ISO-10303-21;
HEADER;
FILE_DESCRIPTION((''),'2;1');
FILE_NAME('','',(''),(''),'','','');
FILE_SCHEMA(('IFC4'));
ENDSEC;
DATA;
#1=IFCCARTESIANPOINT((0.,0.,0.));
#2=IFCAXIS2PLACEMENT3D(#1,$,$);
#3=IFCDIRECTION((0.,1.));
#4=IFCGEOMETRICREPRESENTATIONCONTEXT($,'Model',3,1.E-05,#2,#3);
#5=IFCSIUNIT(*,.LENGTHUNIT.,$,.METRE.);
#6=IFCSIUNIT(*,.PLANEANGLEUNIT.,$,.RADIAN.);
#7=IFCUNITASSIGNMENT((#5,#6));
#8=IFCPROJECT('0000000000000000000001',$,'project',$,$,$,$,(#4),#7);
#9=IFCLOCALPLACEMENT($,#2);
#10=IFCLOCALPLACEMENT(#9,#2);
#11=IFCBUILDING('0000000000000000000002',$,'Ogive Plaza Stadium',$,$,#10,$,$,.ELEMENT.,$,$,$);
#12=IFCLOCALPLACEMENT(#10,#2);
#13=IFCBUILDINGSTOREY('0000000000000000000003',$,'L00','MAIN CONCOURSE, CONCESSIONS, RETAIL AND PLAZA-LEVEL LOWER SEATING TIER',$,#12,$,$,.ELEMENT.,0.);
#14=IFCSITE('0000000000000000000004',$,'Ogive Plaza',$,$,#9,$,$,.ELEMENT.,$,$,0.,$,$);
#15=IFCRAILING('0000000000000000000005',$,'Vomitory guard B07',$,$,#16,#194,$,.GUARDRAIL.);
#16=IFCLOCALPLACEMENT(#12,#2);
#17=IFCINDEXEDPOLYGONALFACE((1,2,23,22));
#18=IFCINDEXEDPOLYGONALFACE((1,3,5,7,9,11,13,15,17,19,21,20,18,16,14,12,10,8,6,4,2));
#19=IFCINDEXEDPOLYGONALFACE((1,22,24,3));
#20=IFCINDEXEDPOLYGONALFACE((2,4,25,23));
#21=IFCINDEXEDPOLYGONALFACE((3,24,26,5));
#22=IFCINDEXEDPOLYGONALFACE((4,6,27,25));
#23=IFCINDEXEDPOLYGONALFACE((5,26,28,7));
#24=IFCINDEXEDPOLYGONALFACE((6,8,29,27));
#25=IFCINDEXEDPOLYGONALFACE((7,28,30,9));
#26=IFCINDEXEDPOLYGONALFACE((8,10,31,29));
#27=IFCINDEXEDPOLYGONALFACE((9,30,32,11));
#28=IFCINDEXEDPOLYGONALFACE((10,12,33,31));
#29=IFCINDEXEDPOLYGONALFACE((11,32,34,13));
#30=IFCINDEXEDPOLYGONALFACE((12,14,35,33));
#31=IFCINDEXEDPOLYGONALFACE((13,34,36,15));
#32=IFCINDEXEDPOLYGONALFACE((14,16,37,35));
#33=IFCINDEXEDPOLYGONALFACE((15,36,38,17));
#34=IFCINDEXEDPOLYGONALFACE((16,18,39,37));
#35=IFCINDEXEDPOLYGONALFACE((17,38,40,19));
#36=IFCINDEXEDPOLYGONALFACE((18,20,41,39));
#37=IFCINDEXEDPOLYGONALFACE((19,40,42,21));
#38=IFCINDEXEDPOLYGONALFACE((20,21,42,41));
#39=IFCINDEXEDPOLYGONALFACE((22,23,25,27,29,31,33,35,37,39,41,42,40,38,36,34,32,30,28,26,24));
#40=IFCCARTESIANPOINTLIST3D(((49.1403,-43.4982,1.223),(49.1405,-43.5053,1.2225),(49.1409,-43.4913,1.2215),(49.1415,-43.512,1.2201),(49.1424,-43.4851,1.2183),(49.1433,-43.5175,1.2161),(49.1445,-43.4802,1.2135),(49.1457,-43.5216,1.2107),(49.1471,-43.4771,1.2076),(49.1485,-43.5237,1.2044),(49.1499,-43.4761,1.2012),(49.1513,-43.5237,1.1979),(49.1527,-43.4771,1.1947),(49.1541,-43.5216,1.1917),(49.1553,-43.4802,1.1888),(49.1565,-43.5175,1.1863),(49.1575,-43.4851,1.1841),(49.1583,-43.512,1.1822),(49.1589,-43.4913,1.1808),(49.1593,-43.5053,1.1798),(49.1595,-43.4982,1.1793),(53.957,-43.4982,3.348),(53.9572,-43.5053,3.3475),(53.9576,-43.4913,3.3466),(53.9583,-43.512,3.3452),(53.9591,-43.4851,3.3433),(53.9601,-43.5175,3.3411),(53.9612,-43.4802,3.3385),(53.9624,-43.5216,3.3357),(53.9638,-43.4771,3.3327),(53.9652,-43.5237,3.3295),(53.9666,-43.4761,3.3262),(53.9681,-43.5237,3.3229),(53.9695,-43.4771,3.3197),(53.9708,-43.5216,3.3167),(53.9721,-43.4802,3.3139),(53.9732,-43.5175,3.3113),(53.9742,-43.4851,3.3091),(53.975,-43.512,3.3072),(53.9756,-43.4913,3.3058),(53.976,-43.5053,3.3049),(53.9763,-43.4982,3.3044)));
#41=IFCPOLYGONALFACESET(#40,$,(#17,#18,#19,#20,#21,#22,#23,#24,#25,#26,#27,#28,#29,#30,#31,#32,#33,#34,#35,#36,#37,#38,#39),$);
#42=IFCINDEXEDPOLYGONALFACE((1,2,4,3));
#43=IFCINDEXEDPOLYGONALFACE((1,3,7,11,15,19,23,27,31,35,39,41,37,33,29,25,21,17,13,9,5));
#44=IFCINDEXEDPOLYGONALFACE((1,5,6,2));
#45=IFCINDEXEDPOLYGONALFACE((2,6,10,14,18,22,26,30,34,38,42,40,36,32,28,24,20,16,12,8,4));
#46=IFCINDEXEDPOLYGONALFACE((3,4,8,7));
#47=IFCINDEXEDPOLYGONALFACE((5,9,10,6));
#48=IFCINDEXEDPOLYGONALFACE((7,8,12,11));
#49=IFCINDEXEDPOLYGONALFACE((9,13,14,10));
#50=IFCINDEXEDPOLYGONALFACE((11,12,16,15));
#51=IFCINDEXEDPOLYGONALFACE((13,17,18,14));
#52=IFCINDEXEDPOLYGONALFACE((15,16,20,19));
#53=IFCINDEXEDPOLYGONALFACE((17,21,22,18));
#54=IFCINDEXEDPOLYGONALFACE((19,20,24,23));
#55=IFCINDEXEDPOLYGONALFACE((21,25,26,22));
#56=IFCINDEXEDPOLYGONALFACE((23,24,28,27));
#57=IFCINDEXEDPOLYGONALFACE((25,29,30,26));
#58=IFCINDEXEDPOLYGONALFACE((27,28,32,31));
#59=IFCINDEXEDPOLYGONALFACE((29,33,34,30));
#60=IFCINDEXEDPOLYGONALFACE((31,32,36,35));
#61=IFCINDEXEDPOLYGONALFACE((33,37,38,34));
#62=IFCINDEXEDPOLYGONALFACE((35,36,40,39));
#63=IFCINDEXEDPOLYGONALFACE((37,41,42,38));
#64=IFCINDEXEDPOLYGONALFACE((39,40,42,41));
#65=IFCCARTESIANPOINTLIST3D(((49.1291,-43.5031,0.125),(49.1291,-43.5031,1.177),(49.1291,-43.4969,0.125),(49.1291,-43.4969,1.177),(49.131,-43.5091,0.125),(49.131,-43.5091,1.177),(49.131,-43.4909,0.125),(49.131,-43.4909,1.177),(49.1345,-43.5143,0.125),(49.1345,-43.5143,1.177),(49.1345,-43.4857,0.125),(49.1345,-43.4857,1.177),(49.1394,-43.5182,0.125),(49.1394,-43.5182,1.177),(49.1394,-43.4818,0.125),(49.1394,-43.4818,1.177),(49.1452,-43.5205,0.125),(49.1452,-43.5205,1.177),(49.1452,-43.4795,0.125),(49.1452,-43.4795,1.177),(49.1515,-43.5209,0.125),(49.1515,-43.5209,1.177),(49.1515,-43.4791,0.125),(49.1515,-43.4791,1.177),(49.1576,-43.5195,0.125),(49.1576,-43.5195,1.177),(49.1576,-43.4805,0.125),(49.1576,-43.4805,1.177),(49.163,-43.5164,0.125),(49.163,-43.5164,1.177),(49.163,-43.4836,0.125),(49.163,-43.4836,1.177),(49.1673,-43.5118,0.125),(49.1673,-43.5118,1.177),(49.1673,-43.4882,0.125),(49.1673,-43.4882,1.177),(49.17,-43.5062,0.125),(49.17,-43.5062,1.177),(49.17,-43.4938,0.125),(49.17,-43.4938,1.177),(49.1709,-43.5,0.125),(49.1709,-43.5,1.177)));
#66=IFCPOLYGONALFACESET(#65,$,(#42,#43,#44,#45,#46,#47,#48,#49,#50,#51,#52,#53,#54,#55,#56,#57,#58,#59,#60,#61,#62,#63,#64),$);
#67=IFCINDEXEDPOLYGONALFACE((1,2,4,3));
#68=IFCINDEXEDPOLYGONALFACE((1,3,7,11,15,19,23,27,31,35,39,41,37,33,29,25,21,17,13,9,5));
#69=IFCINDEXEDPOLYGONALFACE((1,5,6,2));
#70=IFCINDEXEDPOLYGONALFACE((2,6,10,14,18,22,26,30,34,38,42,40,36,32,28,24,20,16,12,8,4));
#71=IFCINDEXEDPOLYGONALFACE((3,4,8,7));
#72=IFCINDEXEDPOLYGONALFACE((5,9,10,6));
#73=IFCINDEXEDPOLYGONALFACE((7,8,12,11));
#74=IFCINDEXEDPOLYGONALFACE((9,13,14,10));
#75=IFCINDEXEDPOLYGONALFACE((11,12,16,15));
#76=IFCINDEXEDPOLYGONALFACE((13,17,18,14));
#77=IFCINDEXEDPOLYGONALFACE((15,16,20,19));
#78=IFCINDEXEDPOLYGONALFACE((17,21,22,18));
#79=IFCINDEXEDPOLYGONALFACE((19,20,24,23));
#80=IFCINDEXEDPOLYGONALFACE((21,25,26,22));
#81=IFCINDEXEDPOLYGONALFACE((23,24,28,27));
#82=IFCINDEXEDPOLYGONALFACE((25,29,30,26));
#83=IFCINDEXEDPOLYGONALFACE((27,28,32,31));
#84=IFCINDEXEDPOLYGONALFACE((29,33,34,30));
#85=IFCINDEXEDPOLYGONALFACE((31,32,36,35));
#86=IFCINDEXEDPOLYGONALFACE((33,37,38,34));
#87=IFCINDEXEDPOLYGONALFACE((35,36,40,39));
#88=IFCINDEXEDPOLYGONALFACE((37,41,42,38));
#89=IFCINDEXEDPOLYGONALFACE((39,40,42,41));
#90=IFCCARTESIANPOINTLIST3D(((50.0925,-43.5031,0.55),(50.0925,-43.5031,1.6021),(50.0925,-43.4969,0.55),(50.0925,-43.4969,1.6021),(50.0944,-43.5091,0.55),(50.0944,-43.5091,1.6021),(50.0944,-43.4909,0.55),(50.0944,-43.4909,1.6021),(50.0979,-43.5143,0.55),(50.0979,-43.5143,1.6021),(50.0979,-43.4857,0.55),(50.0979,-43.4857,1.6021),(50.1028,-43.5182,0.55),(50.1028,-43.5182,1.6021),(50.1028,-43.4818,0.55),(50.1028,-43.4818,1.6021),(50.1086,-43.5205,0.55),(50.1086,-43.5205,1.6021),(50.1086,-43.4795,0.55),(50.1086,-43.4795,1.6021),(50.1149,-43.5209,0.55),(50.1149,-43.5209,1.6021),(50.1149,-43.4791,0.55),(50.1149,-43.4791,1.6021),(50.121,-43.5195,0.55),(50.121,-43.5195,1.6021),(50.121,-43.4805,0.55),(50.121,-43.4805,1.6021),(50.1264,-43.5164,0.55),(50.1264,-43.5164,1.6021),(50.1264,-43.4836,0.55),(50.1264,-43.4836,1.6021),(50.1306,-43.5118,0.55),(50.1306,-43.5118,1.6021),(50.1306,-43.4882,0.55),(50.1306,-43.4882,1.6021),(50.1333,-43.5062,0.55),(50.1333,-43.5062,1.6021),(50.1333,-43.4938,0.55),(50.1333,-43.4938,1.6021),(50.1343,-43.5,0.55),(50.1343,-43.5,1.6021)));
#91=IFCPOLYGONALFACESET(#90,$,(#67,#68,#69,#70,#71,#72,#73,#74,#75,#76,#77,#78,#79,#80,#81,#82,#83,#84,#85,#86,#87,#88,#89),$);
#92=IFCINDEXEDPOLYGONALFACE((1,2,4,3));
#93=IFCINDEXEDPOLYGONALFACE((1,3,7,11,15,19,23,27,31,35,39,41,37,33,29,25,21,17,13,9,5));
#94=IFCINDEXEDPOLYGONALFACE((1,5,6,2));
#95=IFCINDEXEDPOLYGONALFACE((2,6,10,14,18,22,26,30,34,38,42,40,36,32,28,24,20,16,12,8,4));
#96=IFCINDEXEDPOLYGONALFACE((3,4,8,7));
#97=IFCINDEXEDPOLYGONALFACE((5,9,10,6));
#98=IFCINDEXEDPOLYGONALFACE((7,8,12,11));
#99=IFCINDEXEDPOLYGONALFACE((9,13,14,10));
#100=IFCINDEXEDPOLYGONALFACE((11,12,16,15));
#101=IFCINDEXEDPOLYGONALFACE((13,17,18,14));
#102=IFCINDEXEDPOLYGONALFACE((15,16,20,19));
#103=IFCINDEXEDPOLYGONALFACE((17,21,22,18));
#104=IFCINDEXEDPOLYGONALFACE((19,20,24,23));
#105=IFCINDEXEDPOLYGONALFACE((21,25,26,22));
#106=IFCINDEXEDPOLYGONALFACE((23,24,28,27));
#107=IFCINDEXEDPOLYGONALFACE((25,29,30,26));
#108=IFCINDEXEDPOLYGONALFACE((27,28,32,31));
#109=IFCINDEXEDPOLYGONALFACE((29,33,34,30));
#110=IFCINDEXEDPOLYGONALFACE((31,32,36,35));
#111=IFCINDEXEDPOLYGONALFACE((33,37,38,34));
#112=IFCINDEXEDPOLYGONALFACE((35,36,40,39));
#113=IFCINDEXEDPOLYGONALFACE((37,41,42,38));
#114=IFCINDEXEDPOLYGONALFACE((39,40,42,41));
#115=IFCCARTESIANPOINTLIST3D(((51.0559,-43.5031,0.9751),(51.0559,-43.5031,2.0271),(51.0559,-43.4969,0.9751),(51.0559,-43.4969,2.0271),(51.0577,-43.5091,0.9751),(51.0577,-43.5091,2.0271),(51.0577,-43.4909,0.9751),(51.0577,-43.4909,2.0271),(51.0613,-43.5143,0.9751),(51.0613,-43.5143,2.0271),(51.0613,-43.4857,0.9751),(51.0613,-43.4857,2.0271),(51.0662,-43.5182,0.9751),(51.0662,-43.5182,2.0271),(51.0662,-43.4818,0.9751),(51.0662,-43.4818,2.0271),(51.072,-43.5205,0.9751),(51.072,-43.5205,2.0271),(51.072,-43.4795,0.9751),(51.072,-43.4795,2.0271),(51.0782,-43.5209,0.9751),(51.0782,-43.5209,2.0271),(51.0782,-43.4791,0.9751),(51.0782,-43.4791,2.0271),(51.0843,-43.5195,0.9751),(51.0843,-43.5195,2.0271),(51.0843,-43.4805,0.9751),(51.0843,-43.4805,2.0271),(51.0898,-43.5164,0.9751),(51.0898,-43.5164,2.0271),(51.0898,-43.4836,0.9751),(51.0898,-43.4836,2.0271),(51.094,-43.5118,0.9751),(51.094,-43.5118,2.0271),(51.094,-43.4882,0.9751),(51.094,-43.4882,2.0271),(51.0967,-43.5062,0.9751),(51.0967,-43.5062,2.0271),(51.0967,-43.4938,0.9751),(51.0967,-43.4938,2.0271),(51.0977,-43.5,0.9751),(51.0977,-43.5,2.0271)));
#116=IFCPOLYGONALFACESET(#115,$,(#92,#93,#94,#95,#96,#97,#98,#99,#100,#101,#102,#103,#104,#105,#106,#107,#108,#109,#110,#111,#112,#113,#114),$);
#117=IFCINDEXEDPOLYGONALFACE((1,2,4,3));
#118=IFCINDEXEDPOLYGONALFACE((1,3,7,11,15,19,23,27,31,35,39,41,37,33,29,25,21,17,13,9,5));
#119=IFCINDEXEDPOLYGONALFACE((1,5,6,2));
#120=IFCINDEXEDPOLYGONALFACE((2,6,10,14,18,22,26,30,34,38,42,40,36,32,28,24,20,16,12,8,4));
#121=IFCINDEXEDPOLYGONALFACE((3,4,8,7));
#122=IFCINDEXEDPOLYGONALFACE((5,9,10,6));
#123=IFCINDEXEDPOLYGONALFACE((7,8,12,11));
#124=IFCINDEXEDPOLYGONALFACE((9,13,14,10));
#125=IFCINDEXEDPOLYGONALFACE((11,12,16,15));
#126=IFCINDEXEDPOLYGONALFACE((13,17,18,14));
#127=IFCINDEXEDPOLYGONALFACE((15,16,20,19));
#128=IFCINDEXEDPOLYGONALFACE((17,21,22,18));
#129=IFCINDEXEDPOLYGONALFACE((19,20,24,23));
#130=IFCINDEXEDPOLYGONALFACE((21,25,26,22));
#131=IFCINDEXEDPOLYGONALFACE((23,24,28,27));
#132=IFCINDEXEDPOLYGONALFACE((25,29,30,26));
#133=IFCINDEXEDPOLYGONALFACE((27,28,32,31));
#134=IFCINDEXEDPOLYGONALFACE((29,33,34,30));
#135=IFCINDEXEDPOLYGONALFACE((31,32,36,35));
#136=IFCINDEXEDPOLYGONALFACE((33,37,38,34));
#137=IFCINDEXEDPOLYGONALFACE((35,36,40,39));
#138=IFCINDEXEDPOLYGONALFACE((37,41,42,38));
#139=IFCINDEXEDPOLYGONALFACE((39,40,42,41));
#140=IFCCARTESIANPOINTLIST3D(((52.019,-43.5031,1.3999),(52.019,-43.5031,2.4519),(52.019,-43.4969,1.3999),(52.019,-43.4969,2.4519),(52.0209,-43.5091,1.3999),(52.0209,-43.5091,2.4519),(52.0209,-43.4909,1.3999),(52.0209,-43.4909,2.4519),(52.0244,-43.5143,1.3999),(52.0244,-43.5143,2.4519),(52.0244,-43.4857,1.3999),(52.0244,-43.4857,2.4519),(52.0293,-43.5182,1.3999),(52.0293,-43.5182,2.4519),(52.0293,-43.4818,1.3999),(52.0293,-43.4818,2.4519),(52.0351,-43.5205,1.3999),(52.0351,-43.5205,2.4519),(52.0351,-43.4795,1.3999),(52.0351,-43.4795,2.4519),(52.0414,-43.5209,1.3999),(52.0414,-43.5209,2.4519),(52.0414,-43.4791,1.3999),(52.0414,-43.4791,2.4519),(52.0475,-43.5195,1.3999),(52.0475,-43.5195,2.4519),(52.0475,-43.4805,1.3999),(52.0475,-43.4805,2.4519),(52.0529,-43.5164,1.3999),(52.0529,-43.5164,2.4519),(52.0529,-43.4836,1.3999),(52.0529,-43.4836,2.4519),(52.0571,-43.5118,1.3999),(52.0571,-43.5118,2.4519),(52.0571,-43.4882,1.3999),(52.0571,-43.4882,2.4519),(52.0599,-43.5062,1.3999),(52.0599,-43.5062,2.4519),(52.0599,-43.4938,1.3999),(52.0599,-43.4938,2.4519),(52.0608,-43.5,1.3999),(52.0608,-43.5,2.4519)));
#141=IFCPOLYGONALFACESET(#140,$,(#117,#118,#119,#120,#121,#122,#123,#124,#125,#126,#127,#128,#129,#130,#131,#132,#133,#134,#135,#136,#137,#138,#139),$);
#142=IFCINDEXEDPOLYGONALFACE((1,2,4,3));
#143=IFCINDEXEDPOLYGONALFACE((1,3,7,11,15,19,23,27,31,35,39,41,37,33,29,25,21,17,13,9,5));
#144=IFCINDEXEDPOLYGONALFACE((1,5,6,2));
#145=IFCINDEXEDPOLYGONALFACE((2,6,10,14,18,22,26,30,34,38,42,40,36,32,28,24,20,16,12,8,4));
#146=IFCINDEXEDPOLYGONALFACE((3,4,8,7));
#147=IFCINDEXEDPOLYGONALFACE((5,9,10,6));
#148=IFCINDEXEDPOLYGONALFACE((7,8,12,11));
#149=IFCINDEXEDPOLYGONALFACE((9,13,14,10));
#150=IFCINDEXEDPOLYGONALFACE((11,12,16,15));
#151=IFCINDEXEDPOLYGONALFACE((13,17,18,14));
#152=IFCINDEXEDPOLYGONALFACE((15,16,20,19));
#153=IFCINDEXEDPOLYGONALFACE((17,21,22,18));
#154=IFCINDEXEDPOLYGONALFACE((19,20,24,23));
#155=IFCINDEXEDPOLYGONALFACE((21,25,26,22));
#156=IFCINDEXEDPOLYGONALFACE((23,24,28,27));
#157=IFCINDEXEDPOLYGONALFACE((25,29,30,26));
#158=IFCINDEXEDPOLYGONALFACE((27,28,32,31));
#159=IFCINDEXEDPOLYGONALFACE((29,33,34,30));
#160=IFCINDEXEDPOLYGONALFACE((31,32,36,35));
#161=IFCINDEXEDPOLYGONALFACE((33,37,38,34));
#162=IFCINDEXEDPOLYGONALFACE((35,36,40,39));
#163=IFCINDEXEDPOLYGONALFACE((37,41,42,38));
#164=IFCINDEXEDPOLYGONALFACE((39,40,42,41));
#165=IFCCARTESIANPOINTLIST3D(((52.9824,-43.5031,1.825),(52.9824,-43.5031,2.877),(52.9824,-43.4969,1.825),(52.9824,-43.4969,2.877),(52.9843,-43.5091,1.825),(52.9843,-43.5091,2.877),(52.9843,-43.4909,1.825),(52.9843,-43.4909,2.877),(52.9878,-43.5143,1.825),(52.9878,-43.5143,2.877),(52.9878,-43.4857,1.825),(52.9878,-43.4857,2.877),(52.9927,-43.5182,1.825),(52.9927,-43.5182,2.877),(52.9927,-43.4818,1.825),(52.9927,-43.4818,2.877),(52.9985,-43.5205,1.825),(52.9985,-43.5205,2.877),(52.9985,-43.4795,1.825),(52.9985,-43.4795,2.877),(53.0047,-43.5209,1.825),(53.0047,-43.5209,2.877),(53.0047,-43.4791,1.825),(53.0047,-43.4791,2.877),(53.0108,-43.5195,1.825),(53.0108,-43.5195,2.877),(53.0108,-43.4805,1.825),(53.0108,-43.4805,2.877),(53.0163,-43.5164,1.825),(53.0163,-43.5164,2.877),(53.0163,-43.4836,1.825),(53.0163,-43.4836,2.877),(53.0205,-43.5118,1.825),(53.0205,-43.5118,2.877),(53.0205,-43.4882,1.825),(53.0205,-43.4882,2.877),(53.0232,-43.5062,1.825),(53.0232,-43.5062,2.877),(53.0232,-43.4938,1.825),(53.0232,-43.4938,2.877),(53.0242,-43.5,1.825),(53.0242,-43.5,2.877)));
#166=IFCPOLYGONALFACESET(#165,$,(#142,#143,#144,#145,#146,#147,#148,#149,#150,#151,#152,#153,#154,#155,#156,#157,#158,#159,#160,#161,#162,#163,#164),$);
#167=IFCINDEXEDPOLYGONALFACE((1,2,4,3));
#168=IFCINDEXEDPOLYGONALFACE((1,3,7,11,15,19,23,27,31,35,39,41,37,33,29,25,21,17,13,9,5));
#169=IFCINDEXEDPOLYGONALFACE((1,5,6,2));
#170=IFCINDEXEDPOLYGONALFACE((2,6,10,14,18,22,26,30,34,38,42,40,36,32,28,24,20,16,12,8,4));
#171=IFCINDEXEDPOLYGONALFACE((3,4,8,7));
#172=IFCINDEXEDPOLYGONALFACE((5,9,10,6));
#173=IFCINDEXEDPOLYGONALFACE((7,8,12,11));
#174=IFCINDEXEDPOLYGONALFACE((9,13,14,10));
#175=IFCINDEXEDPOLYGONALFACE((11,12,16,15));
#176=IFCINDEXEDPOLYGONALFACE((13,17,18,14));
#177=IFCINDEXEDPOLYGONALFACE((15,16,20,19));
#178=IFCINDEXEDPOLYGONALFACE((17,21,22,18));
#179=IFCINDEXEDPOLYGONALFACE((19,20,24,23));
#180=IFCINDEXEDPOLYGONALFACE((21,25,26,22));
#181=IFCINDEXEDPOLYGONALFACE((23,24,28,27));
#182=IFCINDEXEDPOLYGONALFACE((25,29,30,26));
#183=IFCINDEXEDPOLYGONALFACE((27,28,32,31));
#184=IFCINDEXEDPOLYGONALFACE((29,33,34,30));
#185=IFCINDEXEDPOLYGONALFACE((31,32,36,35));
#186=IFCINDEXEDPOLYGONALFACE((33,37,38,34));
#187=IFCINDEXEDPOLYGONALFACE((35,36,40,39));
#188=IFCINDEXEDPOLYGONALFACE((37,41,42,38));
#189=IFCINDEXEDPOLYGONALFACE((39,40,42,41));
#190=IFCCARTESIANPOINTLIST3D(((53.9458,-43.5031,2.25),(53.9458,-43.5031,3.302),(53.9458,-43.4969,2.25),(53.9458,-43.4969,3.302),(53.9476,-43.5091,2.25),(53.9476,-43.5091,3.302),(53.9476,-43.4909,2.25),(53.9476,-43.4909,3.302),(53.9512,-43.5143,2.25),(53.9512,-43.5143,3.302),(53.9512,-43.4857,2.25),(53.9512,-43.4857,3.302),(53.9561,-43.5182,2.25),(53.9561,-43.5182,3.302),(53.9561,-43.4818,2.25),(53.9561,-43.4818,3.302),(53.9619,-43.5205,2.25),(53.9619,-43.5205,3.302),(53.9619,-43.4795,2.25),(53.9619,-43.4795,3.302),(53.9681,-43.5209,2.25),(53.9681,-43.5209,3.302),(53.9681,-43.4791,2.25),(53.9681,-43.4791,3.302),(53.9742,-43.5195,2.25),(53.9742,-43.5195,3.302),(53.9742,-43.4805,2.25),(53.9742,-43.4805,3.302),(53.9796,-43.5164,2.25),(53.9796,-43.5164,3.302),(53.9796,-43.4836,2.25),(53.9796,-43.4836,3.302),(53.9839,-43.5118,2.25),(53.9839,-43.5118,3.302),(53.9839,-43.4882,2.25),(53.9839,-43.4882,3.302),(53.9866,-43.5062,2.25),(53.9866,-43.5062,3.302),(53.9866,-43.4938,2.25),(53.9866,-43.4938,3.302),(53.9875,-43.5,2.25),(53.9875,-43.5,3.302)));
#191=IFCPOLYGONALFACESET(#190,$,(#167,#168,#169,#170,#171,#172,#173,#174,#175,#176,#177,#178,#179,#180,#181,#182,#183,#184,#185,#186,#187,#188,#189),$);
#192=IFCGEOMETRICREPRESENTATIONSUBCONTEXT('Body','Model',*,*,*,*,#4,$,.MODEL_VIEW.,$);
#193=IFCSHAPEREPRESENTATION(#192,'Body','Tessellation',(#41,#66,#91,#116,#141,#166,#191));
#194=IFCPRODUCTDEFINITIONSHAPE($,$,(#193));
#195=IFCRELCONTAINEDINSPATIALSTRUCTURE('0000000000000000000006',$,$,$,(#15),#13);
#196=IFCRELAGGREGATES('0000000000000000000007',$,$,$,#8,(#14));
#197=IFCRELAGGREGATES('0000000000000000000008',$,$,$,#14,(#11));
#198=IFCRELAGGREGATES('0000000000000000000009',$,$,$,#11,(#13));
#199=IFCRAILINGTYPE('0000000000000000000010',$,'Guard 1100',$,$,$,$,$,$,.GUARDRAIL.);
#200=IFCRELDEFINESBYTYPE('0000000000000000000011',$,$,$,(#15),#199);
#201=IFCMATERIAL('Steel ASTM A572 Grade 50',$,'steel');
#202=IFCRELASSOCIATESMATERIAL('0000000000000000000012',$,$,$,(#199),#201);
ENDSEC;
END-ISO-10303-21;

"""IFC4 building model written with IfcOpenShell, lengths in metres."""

from ifc_helpers import new_model, si_unit, direction, frame, origin, origin_2d, place, context, subcontext, project, spatial, circle, extrude, material, type_object, element, save


model = new_model("IFC4")

# Units and contexts
model_context = context("Model", 3, precision=1e-05, world=origin(), true_north=direction((0.0, 1.0)))
body_context = subcontext(model_context, "Body", "Model", "MODEL_VIEW")
ifc_project = project(units=[si_unit("LENGTHUNIT", "METRE"), si_unit("PLANEANGLEUNIT", "RADIAN")], contexts=[model_context])

# Site, building, storey
site_placement = place(None, origin())
site = spatial("IfcSite", under=ifc_project, at=site_placement, Name="Ogive Plaza", CompositionType="ELEMENT", RefElevation=0.0)
building_placement = place(site_placement, origin())
building = spatial("IfcBuilding", under=site, at=building_placement, Name="Ogive Plaza Stadium", CompositionType="ELEMENT")
storey_placement = place(building_placement, origin())
storey = spatial("IfcBuildingStorey", under=building, at=storey_placement, Name="L00", Description="MAIN CONCOURSE, CONCESSIONS, RETAIL AND PLAZA-LEVEL LOWER SEATING TIER", CompositionType="ELEMENT", Elevation=0.0)

# Railing
ifc_material_1 = material(Name="Steel ASTM A572 Grade 50", Category="steel")
railing_type = type_object("IfcRailingType", Name="Guard 1100", PredefinedType="GUARDRAIL", material=ifc_material_1)
for number, where, name in (
    (1, (49.1499, -43.5, 0.125), "Vomitory guard B07"),
):
    element("IfcRailing", number, at=place(storey_placement, frame(where)), inside=storey, type_object=railing_type, Name=name, PredefinedType="GUARDRAIL", context=body_context, shape_type="SweptSolid", body=[
        extrude(circle(Radius=0.0239, at=origin_2d()), frame((0.0, 0.0, 1.0762), z_axis=(0.914917, 0.0, 0.403641), x_axis=(0.0, 1.0, 0.0)), (0.0, 0.0, 1.0), 5.2646),
        extrude(circle(Radius=0.021, at=origin_2d()), origin(), (0.0, 0.0, 1.0), 1.052),
        extrude(circle(Radius=0.021, at=origin_2d()), frame((0.9634, 0.0, 0.425)), (0.0, 0.0, 1.0), 1.052),
        extrude(circle(Radius=0.021, at=origin_2d()), frame((1.9268, 0.0, 0.8501)), (0.0, 0.0, 1.0), 1.052),
        extrude(circle(Radius=0.021, at=origin_2d()), frame((2.8899, 0.0, 1.2749)), (0.0, 0.0, 1.0), 1.052),
        extrude(circle(Radius=0.021, at=origin_2d()), frame((3.8533, 0.0, 1.7)), (0.0, 0.0, 1.0), 1.052),
        extrude(circle(Radius=0.021, at=origin_2d()), frame((4.8167, 0.0, 2.125)), (0.0, 0.0, 1.0), 1.052),
    ])

save(model, "model.ifc")
